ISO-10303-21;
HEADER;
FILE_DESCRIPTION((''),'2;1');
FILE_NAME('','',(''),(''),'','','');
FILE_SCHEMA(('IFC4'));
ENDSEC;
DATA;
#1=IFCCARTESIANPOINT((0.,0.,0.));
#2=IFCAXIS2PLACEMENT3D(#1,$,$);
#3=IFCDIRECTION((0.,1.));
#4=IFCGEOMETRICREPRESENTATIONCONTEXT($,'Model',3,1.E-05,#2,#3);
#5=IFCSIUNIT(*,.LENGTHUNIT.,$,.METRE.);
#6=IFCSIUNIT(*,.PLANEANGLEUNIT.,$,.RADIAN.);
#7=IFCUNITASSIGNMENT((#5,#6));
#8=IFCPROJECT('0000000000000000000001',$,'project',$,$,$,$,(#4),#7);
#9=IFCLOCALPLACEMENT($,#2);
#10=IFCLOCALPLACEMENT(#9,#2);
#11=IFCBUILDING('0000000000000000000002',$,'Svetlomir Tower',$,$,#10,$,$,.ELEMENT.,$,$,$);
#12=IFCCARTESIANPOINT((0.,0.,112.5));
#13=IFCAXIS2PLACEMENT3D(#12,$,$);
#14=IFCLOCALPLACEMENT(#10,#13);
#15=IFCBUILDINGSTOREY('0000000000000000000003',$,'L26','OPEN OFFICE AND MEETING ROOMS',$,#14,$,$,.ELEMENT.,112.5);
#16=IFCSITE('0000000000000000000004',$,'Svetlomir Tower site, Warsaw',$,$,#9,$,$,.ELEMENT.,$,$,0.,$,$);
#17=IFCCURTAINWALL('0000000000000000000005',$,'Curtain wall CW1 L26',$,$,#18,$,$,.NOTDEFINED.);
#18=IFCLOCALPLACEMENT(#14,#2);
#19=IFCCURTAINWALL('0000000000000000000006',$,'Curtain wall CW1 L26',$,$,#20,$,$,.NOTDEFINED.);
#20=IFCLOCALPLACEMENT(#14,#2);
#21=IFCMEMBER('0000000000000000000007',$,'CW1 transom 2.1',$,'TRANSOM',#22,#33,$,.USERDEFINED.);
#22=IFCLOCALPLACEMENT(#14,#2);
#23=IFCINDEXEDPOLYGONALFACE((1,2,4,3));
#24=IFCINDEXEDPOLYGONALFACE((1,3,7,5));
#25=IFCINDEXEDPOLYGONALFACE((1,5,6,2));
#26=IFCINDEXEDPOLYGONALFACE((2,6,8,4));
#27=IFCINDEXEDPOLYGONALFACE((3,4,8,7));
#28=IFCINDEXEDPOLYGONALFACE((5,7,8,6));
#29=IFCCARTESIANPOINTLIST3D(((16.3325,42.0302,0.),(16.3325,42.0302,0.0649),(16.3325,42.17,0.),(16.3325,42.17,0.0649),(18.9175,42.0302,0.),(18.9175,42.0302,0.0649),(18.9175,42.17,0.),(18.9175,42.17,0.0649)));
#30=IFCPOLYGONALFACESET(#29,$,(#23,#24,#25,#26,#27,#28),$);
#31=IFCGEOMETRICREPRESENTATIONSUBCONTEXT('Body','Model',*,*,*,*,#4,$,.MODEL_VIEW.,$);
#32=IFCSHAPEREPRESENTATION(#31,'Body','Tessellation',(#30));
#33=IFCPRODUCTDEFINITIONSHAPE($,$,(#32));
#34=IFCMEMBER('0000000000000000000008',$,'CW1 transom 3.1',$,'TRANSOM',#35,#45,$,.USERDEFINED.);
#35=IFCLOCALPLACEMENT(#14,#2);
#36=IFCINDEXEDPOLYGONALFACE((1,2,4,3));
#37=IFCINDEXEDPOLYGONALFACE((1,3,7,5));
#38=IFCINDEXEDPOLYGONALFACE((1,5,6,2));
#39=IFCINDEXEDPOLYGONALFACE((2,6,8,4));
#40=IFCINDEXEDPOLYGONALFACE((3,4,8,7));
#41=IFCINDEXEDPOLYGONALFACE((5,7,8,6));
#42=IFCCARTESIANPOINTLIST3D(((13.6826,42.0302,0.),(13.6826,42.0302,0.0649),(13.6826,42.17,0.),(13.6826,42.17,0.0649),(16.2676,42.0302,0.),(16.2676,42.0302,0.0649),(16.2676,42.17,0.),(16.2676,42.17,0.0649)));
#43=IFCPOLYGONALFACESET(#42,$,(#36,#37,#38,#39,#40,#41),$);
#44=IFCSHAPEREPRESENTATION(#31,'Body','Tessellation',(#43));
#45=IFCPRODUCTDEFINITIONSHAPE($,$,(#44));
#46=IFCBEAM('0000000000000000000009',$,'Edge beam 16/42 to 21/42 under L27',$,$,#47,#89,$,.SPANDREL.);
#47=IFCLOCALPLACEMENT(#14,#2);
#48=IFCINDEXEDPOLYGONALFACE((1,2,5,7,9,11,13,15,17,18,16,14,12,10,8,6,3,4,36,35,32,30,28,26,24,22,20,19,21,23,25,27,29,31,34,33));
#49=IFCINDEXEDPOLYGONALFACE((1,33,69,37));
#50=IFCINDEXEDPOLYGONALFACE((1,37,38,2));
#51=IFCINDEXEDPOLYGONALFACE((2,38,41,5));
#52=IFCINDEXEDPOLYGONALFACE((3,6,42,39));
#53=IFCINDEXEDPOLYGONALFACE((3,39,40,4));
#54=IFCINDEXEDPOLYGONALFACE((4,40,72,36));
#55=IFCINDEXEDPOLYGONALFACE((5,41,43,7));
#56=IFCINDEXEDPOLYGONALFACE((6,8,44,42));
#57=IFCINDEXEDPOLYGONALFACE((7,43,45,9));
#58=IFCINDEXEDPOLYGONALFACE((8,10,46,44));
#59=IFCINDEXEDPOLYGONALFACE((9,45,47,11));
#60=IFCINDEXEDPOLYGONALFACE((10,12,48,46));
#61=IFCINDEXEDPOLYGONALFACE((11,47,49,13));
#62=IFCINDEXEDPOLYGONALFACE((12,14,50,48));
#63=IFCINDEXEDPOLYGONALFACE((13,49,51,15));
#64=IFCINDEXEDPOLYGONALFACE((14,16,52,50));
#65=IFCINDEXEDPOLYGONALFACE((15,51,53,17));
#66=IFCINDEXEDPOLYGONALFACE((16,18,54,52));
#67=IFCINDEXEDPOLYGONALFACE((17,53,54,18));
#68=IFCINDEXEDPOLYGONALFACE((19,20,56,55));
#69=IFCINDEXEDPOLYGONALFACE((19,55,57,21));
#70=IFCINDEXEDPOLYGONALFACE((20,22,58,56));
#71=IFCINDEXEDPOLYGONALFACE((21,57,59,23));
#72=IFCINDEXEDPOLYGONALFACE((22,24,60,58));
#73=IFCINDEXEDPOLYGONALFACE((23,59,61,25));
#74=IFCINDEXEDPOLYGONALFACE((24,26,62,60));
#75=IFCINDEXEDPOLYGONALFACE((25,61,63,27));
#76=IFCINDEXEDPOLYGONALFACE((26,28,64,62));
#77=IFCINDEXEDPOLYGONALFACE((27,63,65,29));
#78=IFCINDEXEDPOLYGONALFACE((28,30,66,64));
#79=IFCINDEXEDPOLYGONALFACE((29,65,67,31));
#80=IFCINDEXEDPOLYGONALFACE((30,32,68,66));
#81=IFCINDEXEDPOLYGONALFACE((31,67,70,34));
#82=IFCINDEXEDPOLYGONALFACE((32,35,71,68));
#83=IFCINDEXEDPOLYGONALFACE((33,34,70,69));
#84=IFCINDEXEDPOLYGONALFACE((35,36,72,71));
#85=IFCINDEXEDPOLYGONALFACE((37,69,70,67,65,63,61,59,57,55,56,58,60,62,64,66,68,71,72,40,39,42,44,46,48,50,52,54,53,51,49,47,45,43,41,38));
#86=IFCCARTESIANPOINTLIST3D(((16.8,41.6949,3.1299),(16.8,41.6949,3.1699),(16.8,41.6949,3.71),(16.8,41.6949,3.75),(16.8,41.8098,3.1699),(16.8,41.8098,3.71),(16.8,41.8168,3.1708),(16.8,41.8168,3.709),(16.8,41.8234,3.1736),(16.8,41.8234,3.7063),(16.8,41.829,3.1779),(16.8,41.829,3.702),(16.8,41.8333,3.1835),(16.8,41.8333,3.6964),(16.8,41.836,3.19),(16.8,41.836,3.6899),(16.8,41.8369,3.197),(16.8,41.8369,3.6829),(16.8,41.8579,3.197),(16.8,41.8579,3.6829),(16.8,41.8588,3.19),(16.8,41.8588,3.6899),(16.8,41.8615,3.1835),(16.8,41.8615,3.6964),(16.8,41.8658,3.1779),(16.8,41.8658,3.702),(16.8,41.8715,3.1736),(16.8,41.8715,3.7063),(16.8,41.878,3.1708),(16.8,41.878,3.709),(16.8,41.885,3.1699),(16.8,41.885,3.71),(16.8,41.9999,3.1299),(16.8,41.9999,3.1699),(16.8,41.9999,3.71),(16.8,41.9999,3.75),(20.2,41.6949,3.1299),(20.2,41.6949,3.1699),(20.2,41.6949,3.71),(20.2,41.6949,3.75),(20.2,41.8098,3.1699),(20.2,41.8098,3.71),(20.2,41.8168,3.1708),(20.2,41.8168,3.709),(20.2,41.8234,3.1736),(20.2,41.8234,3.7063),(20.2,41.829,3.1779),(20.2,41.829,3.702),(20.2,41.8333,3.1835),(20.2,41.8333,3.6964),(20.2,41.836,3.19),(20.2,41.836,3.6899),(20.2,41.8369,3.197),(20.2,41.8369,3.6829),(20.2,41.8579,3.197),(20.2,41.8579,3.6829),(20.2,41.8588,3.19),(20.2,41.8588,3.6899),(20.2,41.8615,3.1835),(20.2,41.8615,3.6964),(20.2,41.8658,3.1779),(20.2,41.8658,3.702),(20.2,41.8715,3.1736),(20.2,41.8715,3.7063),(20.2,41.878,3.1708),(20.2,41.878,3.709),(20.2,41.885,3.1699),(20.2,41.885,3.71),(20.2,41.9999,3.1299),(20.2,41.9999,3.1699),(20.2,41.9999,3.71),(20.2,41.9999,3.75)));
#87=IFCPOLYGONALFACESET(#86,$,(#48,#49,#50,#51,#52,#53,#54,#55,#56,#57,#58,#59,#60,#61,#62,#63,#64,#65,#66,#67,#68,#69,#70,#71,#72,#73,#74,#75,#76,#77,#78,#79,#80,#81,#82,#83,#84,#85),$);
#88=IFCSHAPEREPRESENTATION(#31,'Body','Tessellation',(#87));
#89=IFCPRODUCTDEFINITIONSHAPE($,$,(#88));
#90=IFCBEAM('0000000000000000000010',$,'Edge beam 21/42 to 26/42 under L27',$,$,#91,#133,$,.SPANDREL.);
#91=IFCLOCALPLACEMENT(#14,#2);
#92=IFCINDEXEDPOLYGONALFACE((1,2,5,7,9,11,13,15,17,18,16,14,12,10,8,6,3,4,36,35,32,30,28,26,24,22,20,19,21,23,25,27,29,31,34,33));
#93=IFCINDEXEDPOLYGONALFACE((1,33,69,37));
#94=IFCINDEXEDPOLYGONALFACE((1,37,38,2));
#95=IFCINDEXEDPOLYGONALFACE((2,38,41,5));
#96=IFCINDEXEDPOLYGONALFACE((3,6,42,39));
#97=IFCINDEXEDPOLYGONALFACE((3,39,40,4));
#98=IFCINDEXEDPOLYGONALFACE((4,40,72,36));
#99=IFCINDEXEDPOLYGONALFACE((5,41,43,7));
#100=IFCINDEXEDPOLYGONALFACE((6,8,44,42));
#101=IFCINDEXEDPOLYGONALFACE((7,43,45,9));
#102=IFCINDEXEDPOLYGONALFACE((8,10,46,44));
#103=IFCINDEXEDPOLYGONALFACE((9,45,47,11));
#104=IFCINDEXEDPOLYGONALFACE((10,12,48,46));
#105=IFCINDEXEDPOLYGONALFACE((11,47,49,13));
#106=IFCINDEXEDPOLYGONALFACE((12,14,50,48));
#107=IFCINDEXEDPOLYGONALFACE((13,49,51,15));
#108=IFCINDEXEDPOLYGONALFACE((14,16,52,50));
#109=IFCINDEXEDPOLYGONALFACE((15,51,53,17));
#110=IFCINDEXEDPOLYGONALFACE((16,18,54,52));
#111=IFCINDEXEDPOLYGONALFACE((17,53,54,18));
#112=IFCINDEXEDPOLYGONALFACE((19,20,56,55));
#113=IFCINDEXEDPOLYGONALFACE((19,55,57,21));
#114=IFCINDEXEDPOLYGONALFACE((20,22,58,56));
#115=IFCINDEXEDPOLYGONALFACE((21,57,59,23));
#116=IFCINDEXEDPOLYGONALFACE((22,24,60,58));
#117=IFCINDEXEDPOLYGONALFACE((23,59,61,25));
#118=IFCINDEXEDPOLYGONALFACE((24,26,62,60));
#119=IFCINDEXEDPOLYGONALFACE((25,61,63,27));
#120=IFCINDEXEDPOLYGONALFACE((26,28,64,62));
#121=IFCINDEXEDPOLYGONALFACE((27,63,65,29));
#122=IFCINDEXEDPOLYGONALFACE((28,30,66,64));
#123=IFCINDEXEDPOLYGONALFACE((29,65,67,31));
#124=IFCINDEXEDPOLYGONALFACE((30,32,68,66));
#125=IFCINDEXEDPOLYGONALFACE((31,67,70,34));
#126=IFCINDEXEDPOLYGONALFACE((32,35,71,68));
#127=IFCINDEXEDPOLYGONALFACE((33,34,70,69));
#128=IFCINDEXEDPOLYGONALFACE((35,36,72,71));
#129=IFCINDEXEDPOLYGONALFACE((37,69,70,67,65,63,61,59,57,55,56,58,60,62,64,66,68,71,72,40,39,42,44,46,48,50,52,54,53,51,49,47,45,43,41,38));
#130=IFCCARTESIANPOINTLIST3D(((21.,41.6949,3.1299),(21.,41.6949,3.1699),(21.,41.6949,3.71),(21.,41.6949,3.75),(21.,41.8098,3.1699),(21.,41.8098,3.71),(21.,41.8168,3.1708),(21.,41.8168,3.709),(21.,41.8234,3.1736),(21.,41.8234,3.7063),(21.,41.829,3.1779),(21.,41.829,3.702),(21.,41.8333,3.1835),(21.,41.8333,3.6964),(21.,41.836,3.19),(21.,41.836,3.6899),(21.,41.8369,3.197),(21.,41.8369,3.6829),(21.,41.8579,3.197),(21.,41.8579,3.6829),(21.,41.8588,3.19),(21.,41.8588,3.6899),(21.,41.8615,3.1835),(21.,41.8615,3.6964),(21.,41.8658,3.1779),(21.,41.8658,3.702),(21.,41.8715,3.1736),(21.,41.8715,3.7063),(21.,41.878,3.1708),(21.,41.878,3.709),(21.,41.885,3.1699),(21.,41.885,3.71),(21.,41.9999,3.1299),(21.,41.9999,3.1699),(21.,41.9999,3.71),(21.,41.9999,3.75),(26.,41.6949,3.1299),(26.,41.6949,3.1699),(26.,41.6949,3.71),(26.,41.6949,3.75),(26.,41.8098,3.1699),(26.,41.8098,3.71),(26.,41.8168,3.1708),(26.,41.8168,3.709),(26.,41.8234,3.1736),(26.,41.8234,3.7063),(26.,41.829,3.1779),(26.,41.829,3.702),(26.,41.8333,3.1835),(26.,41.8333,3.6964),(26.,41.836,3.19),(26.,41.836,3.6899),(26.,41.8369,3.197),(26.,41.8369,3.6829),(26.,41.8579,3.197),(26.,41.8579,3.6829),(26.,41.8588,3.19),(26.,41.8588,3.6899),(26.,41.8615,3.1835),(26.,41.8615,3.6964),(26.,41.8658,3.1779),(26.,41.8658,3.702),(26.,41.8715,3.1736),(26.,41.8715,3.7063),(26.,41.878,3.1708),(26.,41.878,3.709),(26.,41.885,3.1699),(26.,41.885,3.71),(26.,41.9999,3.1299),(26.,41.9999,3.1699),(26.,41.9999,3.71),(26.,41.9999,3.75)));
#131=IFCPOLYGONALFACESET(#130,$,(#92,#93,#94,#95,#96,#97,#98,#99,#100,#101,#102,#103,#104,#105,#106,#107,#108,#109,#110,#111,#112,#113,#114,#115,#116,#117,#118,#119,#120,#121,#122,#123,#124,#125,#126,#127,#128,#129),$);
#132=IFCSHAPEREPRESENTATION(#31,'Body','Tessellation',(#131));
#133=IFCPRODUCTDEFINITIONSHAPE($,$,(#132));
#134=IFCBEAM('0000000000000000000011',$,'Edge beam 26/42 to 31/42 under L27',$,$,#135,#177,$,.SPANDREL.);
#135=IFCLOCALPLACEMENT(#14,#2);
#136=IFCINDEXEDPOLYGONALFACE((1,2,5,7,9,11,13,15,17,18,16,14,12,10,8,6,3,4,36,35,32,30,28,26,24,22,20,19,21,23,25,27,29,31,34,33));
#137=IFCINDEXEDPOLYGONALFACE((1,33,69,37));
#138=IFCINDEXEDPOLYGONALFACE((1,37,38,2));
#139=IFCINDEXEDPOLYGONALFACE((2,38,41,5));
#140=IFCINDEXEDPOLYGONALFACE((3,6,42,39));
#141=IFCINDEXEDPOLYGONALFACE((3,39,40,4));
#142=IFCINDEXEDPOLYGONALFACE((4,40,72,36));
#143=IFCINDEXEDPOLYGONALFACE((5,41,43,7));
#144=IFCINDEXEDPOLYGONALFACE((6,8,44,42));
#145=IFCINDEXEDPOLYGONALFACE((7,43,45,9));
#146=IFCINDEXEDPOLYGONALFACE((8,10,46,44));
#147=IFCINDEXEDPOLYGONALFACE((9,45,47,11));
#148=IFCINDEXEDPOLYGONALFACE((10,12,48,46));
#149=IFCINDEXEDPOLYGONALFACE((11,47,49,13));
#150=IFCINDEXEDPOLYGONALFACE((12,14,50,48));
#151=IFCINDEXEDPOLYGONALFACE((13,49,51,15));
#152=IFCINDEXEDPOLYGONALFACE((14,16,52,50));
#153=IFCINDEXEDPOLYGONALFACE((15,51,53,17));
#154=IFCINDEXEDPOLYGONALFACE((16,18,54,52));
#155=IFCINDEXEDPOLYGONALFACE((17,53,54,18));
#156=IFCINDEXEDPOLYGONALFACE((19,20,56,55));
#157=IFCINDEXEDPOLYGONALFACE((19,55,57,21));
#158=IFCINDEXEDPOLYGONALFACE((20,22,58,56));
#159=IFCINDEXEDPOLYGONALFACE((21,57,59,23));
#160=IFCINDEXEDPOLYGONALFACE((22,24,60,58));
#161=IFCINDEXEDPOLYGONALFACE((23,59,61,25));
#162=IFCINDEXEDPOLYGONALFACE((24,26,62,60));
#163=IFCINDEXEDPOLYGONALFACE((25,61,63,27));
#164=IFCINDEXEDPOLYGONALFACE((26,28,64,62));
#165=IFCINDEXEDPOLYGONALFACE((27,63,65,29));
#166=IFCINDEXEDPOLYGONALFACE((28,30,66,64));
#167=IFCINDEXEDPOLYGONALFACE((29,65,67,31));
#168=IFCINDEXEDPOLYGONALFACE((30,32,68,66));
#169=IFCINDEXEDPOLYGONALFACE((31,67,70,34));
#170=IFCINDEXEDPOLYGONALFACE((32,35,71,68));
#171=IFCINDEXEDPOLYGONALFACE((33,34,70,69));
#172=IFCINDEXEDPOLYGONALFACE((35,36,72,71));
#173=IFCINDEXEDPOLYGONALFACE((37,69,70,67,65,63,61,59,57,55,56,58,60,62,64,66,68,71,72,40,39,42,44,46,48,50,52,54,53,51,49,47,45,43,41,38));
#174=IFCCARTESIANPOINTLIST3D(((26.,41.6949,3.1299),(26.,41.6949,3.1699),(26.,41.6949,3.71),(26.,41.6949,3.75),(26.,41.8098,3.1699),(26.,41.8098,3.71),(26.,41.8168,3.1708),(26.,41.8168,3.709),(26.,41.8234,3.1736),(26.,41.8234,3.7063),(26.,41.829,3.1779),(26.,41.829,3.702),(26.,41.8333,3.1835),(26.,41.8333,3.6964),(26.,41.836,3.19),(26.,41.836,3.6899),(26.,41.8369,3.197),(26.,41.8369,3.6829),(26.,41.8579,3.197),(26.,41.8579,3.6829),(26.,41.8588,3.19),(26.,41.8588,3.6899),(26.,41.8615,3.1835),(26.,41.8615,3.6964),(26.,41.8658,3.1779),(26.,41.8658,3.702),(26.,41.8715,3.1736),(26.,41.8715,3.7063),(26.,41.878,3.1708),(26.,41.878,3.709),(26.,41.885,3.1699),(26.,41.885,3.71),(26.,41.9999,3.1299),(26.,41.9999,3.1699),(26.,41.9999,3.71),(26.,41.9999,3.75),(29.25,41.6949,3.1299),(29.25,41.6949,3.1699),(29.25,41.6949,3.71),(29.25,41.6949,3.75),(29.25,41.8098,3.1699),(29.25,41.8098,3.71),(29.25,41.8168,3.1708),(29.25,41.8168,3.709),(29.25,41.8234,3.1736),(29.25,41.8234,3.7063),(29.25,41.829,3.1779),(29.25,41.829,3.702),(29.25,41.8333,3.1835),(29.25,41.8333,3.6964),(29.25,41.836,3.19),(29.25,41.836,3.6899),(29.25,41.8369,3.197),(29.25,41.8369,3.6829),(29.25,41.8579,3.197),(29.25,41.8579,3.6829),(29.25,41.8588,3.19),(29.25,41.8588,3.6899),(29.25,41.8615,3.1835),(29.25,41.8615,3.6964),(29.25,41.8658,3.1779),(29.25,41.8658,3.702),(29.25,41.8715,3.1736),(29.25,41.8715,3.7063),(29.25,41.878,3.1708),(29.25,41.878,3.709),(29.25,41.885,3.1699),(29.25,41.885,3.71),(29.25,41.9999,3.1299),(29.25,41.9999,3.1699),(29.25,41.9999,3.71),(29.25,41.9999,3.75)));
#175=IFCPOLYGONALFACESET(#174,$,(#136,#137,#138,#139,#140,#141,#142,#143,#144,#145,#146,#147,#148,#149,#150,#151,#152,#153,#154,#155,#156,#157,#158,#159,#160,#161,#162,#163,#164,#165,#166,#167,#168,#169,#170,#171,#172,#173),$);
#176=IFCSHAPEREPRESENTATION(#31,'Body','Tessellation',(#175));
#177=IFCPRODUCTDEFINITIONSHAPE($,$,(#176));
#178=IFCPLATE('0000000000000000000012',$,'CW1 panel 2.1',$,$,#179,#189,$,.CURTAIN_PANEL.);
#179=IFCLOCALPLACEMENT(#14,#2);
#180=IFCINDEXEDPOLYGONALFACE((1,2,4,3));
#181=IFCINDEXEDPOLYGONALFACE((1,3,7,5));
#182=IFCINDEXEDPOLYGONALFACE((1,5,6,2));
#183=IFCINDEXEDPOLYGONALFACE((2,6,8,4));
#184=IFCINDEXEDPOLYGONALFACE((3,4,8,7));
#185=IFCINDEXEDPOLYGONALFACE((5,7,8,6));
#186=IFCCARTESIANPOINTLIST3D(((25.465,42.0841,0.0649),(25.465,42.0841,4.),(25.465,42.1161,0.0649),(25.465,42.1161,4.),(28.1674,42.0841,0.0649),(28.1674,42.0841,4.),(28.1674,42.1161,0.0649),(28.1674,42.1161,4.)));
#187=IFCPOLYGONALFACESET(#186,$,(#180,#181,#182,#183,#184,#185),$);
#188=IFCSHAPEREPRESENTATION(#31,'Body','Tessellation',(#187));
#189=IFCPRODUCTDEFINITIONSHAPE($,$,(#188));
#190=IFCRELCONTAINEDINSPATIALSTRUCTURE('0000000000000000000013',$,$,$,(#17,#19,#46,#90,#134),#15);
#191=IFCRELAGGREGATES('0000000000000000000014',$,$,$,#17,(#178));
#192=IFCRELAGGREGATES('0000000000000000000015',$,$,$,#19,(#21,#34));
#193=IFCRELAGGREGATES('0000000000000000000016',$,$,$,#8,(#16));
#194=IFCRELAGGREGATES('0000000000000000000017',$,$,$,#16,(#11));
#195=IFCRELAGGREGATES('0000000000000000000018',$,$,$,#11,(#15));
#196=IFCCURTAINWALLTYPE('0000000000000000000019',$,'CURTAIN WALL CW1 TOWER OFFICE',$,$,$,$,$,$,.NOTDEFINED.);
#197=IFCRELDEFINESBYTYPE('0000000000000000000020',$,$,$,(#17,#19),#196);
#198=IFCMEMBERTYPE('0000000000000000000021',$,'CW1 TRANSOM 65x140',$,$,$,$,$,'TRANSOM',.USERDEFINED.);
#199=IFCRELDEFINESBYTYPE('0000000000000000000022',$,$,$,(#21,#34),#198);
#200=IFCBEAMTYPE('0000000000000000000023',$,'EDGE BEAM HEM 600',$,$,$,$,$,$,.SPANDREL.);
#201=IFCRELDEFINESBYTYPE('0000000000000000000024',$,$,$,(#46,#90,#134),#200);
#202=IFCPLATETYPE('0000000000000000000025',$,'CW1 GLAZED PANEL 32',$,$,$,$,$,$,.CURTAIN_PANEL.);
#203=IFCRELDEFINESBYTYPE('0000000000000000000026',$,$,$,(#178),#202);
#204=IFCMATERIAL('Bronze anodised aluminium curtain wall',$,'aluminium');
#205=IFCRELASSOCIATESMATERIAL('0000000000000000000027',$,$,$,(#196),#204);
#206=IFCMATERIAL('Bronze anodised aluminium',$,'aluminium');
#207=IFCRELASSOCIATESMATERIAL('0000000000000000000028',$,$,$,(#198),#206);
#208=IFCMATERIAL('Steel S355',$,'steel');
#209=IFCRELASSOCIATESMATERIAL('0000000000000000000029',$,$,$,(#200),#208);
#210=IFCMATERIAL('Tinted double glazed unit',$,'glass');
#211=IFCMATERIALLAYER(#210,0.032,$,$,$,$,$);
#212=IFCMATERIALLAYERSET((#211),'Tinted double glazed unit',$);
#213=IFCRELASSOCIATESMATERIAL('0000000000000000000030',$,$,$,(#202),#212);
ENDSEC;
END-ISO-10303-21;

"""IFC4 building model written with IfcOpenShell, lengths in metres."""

from ifc_helpers import new_model, si_unit, direction, frame, origin, origin_2d, place, context, subcontext, project, spatial, rectangle, i_section, extrude, material, layer, layer_set, material_profile, profile_set, type_object, element, aggregate, save


model = new_model("IFC4")

# Units and contexts
model_context = context("Model", 3, precision=1e-05, world=origin(), true_north=direction((0.0, 1.0)))
body_context = subcontext(model_context, "Body", "Model", "MODEL_VIEW")
ifc_project = project(units=[si_unit("LENGTHUNIT", "METRE"), si_unit("PLANEANGLEUNIT", "RADIAN")], contexts=[model_context])

# Site, building, storey
site_placement = place(None, origin())
site = spatial("IfcSite", under=ifc_project, at=site_placement, Name="Svetlomir Tower site, Warsaw", CompositionType="ELEMENT", RefElevation=0.0)
building_placement = place(site_placement, origin())
building = spatial("IfcBuilding", under=site, at=building_placement, Name="Svetlomir Tower", CompositionType="ELEMENT")
storey_placement = place(building_placement, frame((0.0, 0.0, 112.5)))
storey = spatial("IfcBuildingStorey", under=building, at=storey_placement, Name="L26", Description="OPEN OFFICE AND MEETING ROOMS", CompositionType="ELEMENT", Elevation=112.5)

# Curtain walls
ifc_material_1 = material(Name="Bronze anodised aluminium curtain wall", Category="aluminium")
curtain_wall_type = type_object("IfcCurtainWallType", Name="CURTAIN WALL CW1 TOWER OFFICE", PredefinedType="NOTDEFINED", material=ifc_material_1)
curtain_wall_1_placement = place(storey_placement, origin())
curtain_wall_1 = element("IfcCurtainWall", 1, at=curtain_wall_1_placement, inside=storey, type_object=curtain_wall_type, Name="Curtain wall CW1 L26", PredefinedType="NOTDEFINED")
curtain_wall_2_placement = place(storey_placement, origin())
curtain_wall_2 = element("IfcCurtainWall", 2, at=curtain_wall_2_placement, inside=storey, type_object=curtain_wall_type, Name="Curtain wall CW1 L26", PredefinedType="NOTDEFINED")

# Members
ifc_material_2 = material(Name="Bronze anodised aluminium", Category="aluminium")
ifc_material_profile_1 = material_profile(ifc_material_2, rectangle(XDim=0.1399, YDim=0.0649, at=origin_2d()), Name="AL 140x65")
ifc_profile_set_1 = profile_set([ifc_material_profile_1], Name="Bronze anodised aluminium 6063-T6")
member_type_1 = type_object("IfcMemberType", Name="CW1 TRANSOM 65x140", ElementType="TRANSOM", PredefinedType="USERDEFINED", material=ifc_profile_set_1)
member_1_placement = place(storey_placement, frame((18.9175, 42.1001, 0.0325), z_axis=(-1.0, 0.0, 0.0), x_axis=(0.0, -1.0, 0.0)))
member_1 = element("IfcMember", 3, at=member_1_placement, type_object=member_type_1, Name="CW1 transom 2.1", ObjectType="TRANSOM", PredefinedType="USERDEFINED", context=body_context, shape_type="SweptSolid", body=[
    extrude(rectangle(XDim=0.1399, YDim=0.0649, at=origin_2d()), origin(), (0.0, 0.0, 1.0), 2.585),
])
member_2_placement = place(storey_placement, frame((16.2676, 42.1001, 0.0325), z_axis=(-1.0, 0.0, 0.0), x_axis=(0.0, -1.0, 0.0)))
member_2 = element("IfcMember", 4, at=member_2_placement, type_object=member_type_1, Name="CW1 transom 3.1", ObjectType="TRANSOM", PredefinedType="USERDEFINED", context=body_context, shape_type="SweptSolid", body=[
    extrude(rectangle(XDim=0.1399, YDim=0.0649, at=origin_2d()), origin(), (0.0, 0.0, 1.0), 2.585),
])

# Beams
ifc_material_3 = material(Name="Steel S355", Category="steel")
ifc_material_profile_2 = material_profile(ifc_material_3, i_section(OverallWidth=0.3049, OverallDepth=0.6201, WebThickness=0.021, FlangeThickness=0.04, FilletRadius=0.0271, at=origin_2d()), Name="HEM 600")
ifc_profile_set_2 = profile_set([ifc_material_profile_2], Name="Steel S355")
beam_type_1 = type_object("IfcBeamType", Name="EDGE BEAM HEM 600", PredefinedType="SPANDREL", material=ifc_profile_set_2)
beam_1_placement = place(storey_placement, frame((16.8, 41.8474, 3.4399), z_axis=(1.0, 0.0, 0.0), x_axis=(0.0, 1.0, 0.0)))
element("IfcBeam", 5, at=beam_1_placement, inside=storey, type_object=beam_type_1, Name="Edge beam 16/42 to 21/42 under L27", PredefinedType="SPANDREL", context=body_context, shape_type="SweptSolid", body=[
    extrude(i_section(OverallWidth=0.3049, OverallDepth=0.6201, WebThickness=0.021, FlangeThickness=0.04, FilletRadius=0.0271, at=origin_2d()), origin(), (0.0, 0.0, 1.0), 3.3999),
])
beam_2_placement = place(storey_placement, frame((21.0, 41.8474, 3.4399), z_axis=(1.0, 0.0, 0.0), x_axis=(0.0, 1.0, 0.0)))
element("IfcBeam", 6, at=beam_2_placement, inside=storey, type_object=beam_type_1, Name="Edge beam 21/42 to 26/42 under L27", PredefinedType="SPANDREL", context=body_context, shape_type="SweptSolid", body=[
    extrude(i_section(OverallWidth=0.3049, OverallDepth=0.6201, WebThickness=0.021, FlangeThickness=0.04, FilletRadius=0.0271, at=origin_2d()), origin(), (0.0, 0.0, 1.0), 5.0),
])
beam_3_placement = place(storey_placement, frame((26.0, 41.8474, 3.4399), z_axis=(1.0, 0.0, 0.0), x_axis=(0.0, 1.0, 0.0)))
element("IfcBeam", 7, at=beam_3_placement, inside=storey, type_object=beam_type_1, Name="Edge beam 26/42 to 31/42 under L27", PredefinedType="SPANDREL", context=body_context, shape_type="SweptSolid", body=[
    extrude(i_section(OverallWidth=0.3049, OverallDepth=0.6201, WebThickness=0.021, FlangeThickness=0.04, FilletRadius=0.0271, at=origin_2d()), origin(), (0.0, 0.0, 1.0), 3.25),
])

# Plate
ifc_material_4 = material(Name="Tinted double glazed unit", Category="glass")
ifc_layer_1 = layer(ifc_material_4, 0.032)
ifc_layer_set_1 = layer_set([ifc_layer_1], Name="Tinted double glazed unit")
plate_type = type_object("IfcPlateType", Name="CW1 GLAZED PANEL 32", PredefinedType="CURTAIN_PANEL", material=ifc_layer_set_1)
plate_1_placement = place(storey_placement, frame((26.8162, 42.1001, 0.0649), z_axis=(0.0, 0.0, 1.0), x_axis=(-1.0, 0.0, 0.0)))
plate_1 = element("IfcPlate", 8, at=plate_1_placement, type_object=plate_type, Name="CW1 panel 2.1", PredefinedType="CURTAIN_PANEL", context=body_context, shape_type="SweptSolid", body=[
    extrude(rectangle(XDim=2.7024, YDim=0.032, at=origin_2d()), origin(), (0.0, 0.0, 1.0), 3.9351),
])
aggregate(curtain_wall_1, [plate_1])
aggregate(curtain_wall_2, [member_1, member_2])

save(model, "model.ifc")
